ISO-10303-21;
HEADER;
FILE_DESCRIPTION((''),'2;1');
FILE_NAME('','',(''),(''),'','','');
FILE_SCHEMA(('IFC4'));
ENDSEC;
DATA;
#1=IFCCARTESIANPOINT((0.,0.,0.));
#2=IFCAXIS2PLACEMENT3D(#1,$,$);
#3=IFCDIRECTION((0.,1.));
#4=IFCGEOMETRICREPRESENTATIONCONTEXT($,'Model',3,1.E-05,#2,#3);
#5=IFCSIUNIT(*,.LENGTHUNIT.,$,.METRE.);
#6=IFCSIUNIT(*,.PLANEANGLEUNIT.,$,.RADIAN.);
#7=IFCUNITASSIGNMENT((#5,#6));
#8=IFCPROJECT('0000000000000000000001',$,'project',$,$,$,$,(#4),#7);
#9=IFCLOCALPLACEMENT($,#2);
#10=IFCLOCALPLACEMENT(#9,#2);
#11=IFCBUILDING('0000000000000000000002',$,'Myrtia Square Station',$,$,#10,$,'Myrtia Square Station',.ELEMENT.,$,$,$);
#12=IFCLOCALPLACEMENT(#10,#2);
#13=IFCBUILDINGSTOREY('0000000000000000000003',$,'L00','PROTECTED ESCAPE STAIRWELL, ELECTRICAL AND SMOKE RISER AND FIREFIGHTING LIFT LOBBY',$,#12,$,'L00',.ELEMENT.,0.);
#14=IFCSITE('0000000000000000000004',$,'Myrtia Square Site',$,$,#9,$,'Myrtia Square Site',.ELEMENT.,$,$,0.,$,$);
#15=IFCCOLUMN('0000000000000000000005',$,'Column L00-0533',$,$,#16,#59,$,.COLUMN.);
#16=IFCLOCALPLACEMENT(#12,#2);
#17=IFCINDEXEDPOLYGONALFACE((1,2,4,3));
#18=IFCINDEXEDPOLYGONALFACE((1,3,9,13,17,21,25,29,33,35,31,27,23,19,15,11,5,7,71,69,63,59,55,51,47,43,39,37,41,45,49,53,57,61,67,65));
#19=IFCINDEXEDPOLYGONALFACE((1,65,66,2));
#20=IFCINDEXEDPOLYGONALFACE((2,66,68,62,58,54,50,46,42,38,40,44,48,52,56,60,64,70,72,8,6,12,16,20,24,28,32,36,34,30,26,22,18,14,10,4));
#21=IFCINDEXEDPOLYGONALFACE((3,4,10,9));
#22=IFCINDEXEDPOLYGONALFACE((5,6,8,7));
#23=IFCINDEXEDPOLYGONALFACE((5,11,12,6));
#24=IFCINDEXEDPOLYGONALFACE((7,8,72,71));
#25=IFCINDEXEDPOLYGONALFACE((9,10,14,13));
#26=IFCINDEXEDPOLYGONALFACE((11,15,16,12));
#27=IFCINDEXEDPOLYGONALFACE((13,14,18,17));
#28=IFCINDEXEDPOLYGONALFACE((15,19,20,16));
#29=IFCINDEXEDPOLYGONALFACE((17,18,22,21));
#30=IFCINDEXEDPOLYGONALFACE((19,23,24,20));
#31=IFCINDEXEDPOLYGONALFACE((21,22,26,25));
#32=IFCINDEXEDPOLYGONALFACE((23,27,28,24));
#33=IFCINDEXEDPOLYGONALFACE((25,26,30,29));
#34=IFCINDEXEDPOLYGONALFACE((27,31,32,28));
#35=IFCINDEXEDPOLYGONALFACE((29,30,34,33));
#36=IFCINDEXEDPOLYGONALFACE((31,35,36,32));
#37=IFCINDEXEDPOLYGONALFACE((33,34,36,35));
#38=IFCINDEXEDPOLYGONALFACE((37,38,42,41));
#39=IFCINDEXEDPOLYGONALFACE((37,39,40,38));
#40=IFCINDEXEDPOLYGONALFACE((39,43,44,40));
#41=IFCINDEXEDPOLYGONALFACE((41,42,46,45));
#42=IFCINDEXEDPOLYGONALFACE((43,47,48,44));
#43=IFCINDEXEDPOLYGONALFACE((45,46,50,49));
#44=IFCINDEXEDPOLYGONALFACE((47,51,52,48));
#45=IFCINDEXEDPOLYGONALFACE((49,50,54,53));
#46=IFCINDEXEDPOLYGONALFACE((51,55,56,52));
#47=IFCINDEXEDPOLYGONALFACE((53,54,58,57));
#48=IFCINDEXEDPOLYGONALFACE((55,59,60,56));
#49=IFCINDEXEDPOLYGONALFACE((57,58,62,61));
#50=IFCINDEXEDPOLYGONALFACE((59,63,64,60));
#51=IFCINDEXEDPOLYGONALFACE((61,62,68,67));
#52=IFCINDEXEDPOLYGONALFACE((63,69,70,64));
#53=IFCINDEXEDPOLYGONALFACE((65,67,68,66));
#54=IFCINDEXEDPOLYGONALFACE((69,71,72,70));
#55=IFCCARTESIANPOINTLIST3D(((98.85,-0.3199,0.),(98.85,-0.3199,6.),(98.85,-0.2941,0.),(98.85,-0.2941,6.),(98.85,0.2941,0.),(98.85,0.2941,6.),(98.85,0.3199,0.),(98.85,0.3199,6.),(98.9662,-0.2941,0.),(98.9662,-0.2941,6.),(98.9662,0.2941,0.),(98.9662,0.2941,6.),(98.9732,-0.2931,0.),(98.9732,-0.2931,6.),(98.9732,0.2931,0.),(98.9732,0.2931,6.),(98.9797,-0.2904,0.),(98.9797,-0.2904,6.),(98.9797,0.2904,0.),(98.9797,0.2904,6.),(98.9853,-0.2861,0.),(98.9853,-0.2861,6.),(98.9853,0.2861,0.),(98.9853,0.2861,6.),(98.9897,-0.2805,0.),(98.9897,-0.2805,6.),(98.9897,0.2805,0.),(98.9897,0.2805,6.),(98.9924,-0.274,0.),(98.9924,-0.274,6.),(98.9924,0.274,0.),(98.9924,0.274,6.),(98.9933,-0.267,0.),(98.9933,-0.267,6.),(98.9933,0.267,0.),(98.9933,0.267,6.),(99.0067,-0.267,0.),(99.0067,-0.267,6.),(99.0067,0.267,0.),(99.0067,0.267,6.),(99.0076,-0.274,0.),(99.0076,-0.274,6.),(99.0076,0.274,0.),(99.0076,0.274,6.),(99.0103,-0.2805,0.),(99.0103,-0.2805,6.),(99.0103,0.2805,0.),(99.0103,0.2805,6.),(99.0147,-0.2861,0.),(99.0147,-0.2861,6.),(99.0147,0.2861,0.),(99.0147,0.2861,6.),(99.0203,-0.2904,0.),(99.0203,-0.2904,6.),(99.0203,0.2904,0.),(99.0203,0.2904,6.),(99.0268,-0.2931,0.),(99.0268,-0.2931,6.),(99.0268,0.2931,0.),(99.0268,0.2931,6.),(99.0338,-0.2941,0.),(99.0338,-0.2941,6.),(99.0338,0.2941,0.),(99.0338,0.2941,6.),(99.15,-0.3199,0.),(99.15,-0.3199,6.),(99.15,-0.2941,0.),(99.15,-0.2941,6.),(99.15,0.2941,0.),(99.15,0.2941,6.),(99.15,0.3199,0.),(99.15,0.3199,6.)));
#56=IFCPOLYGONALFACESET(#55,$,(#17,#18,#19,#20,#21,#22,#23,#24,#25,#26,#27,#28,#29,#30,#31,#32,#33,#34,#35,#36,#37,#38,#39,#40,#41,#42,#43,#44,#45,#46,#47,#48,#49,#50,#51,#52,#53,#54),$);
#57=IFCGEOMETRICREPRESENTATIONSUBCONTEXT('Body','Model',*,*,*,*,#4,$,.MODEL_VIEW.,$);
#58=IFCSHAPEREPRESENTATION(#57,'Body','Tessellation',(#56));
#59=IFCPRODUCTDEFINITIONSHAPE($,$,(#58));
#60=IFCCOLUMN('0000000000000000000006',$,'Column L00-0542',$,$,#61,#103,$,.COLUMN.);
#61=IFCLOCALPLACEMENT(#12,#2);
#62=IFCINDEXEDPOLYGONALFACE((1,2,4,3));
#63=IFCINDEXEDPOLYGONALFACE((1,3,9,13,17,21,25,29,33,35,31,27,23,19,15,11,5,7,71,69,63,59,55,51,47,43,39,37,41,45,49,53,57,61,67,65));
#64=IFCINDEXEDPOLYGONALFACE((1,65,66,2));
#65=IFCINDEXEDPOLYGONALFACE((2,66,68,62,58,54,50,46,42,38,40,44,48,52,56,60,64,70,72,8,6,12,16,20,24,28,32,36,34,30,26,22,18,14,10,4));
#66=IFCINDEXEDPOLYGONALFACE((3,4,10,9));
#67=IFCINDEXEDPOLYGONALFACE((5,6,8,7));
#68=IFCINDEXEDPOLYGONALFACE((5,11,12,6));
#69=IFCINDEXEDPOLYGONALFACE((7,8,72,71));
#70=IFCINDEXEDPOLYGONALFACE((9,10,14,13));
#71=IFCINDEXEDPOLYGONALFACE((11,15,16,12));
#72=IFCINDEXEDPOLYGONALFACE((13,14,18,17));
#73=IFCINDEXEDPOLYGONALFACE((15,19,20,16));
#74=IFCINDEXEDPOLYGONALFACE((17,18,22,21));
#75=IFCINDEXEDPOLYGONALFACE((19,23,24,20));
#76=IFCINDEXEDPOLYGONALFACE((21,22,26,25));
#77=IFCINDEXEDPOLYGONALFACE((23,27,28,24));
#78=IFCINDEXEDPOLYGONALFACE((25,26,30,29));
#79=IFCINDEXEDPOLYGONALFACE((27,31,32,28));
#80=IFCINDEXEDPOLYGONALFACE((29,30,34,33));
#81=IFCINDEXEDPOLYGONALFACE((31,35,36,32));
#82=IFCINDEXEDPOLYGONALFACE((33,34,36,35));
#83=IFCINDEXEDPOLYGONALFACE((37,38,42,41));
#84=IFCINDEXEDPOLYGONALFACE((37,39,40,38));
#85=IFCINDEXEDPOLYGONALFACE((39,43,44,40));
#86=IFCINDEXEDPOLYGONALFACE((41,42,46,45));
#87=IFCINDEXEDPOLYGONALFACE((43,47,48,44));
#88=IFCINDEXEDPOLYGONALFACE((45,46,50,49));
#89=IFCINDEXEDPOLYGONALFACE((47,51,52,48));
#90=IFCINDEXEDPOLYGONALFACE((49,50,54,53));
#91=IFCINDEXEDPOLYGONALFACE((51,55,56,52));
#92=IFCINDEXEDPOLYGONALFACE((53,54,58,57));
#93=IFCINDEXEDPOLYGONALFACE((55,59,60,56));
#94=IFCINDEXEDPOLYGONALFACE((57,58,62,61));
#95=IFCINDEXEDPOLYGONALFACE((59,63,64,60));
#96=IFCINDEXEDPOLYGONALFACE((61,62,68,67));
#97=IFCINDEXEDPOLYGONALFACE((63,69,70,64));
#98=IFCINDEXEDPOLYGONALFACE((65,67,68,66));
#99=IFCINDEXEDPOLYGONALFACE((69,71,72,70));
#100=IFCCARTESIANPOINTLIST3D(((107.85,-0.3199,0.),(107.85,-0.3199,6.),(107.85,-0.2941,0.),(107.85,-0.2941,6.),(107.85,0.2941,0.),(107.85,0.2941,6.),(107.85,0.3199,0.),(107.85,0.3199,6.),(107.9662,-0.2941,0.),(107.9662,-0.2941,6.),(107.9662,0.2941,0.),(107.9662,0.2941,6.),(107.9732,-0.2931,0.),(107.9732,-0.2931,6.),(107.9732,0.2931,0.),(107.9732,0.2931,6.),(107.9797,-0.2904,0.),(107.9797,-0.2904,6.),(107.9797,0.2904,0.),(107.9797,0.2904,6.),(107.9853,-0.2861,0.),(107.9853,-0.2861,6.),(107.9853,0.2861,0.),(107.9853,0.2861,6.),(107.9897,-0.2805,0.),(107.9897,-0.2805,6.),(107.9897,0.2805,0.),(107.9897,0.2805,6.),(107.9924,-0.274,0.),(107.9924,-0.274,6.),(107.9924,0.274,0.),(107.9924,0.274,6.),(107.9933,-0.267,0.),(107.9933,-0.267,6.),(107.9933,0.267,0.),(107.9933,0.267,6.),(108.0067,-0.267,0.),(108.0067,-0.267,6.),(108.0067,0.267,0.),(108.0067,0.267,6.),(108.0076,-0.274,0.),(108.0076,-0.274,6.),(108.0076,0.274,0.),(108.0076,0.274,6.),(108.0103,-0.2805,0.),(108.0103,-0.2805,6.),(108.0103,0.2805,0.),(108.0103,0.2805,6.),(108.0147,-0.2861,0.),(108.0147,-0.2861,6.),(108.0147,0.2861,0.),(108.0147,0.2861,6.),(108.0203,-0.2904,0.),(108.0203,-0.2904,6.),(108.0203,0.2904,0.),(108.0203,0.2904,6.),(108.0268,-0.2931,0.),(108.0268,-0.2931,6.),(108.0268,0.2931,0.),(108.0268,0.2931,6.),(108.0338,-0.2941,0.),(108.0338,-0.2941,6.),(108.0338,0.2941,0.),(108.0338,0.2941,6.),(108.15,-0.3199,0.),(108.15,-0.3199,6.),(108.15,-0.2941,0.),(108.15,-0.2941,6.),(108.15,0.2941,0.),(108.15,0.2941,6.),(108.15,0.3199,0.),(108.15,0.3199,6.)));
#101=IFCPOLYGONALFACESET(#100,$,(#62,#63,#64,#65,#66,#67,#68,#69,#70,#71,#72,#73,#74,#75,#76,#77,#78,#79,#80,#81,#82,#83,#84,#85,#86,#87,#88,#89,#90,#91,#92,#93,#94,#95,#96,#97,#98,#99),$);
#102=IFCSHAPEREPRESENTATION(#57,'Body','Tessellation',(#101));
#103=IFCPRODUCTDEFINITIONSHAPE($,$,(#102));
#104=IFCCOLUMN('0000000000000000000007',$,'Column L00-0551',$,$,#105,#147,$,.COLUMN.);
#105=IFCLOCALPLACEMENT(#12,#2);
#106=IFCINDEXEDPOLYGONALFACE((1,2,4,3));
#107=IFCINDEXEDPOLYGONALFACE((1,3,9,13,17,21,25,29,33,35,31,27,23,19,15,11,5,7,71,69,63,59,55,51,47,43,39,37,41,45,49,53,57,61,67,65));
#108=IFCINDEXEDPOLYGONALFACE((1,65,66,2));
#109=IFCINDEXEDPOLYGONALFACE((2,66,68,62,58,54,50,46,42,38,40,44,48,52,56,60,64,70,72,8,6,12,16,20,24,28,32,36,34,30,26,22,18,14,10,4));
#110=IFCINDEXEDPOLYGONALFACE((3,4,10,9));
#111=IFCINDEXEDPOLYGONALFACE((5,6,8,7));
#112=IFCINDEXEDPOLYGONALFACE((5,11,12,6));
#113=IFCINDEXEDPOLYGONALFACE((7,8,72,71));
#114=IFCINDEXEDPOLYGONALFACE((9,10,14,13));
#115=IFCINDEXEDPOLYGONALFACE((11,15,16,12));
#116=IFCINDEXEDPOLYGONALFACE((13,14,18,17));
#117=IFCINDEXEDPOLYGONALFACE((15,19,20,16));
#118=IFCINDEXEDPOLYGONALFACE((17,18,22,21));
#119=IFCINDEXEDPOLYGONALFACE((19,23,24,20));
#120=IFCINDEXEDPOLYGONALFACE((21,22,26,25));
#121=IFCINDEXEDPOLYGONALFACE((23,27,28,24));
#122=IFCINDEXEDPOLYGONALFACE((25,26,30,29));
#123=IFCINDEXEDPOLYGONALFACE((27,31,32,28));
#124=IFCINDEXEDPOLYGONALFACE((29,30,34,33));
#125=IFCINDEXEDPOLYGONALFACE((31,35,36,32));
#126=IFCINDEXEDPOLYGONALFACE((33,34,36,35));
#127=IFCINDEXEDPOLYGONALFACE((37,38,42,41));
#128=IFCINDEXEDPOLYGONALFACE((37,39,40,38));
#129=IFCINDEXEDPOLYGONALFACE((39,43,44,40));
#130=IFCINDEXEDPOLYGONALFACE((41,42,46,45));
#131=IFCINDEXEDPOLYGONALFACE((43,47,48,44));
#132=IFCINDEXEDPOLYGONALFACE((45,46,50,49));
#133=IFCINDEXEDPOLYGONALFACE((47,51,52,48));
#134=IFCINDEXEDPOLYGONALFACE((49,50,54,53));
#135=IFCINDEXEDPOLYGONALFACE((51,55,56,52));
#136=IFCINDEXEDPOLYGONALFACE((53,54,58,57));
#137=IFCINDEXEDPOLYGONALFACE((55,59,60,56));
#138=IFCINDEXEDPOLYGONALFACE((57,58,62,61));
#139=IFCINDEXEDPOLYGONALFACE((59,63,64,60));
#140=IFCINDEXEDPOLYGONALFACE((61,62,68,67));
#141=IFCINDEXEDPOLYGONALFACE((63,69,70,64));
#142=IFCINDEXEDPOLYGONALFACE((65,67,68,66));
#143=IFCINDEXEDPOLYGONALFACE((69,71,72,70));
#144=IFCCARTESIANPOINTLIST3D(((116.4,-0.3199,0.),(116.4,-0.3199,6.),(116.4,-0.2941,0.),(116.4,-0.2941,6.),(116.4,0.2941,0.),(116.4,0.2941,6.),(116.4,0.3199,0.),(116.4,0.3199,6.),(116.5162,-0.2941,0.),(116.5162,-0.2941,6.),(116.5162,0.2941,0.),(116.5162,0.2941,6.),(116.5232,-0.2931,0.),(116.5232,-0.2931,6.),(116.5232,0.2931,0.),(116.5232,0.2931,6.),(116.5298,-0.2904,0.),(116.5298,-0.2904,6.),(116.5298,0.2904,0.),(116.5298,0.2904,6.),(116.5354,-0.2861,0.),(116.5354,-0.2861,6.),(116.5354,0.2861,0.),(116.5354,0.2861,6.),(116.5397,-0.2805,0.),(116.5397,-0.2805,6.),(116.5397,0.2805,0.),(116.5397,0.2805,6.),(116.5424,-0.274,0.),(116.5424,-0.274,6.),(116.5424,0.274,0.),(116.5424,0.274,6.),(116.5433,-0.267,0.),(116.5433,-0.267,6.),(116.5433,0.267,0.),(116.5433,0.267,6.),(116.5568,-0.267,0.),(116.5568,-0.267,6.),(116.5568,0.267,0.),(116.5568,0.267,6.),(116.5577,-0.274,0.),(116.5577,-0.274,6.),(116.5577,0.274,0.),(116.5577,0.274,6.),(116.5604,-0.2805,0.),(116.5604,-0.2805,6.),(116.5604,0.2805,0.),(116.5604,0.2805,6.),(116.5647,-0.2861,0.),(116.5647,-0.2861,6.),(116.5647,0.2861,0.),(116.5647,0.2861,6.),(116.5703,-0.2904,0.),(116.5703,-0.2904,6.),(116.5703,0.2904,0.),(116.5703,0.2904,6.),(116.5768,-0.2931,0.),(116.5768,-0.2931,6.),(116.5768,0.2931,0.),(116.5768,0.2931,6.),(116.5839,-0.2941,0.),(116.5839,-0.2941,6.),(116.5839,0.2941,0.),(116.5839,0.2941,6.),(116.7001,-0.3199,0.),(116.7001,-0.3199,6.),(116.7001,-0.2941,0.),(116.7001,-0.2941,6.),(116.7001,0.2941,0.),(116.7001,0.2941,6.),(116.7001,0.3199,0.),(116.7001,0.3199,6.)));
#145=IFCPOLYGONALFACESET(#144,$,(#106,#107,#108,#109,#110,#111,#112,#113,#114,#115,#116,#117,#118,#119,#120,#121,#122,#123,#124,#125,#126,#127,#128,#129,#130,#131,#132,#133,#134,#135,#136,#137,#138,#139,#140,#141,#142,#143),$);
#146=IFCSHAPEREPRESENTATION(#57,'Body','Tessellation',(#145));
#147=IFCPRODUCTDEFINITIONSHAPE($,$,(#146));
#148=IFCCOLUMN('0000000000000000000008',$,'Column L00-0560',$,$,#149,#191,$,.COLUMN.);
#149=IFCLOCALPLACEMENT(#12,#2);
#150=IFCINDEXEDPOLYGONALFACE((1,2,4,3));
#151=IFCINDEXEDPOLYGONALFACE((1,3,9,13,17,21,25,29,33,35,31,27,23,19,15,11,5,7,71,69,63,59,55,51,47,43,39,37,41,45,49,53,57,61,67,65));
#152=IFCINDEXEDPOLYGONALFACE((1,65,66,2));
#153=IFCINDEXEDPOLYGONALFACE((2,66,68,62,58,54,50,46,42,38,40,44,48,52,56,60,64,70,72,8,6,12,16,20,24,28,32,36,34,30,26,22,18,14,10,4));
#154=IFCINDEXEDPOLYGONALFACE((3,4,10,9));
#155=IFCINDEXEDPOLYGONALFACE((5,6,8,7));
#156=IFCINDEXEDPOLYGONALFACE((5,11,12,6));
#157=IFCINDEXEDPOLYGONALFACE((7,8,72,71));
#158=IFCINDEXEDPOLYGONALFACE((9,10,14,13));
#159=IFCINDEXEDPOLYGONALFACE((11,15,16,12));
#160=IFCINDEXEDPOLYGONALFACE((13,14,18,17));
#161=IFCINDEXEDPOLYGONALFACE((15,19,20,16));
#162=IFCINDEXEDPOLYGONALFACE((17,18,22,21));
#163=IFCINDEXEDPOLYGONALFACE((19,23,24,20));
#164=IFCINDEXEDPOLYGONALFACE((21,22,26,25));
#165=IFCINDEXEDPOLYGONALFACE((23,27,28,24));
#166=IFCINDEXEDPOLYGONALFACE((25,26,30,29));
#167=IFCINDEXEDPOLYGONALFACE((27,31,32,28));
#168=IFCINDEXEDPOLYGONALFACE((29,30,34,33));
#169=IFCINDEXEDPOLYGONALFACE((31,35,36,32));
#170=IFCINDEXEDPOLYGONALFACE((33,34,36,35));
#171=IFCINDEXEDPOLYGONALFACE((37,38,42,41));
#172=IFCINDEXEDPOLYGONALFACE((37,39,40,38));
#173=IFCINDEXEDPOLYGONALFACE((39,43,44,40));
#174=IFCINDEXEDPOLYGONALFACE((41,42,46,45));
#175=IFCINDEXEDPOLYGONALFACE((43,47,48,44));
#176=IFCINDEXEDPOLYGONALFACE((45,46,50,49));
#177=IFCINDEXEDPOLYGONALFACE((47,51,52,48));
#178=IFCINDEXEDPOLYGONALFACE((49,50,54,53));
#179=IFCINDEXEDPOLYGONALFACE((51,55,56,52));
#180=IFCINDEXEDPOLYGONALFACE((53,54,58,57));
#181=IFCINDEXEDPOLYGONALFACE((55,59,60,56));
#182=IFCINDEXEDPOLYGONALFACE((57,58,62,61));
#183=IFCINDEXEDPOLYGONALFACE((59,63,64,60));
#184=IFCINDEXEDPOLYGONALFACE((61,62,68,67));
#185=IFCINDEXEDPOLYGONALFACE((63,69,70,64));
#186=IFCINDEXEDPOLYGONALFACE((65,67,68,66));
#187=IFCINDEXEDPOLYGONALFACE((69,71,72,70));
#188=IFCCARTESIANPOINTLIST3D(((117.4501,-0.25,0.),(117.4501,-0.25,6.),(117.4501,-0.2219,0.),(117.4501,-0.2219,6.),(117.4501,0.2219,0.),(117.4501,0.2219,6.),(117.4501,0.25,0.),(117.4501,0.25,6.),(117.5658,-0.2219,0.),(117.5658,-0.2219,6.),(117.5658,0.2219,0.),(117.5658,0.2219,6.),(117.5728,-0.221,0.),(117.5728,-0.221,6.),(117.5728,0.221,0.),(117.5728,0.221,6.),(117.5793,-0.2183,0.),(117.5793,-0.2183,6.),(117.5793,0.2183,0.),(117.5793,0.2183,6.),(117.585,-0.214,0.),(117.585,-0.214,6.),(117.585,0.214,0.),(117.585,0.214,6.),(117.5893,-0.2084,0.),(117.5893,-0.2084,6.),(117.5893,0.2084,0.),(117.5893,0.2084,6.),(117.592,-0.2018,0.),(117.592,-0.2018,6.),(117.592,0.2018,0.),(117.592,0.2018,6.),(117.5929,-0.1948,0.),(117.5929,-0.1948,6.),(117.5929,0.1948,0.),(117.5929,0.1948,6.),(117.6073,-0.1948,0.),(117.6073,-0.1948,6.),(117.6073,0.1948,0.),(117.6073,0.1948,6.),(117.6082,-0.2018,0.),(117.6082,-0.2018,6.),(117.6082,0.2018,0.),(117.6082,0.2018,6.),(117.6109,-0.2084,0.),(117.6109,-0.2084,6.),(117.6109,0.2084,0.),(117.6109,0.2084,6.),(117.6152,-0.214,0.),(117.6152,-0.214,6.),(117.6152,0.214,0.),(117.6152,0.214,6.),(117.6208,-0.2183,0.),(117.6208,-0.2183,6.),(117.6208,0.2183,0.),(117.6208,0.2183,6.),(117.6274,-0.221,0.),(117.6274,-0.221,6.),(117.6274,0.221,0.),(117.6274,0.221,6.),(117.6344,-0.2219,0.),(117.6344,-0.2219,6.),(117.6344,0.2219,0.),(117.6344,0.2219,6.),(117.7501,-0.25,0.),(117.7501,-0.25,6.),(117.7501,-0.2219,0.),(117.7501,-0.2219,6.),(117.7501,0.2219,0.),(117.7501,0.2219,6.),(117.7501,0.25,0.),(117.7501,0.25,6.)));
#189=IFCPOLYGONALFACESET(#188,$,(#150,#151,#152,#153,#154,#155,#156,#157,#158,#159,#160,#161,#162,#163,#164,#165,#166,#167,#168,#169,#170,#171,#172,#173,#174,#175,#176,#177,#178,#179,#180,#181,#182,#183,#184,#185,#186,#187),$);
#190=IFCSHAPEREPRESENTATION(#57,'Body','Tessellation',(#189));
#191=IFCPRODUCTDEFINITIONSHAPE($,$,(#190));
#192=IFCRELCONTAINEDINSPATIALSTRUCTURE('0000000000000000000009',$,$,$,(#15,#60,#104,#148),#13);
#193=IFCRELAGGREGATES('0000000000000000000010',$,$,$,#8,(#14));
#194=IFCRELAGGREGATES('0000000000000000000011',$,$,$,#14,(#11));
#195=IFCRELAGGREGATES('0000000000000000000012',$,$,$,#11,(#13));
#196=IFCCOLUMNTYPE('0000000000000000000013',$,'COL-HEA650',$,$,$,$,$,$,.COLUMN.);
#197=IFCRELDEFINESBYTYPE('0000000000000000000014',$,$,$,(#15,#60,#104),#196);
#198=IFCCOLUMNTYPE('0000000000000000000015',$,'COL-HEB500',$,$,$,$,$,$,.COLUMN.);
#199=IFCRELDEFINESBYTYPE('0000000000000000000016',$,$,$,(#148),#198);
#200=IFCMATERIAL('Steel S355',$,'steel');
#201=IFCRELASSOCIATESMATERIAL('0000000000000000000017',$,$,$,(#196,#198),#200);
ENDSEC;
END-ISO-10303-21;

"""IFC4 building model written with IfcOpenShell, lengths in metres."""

from ifc_helpers import new_model, si_unit, direction, frame, origin, origin_2d, place, context, subcontext, project, spatial, i_section, extrude, material, material_profile, profile_set, type_object, element, save


model = new_model("IFC4")

# Units and contexts
model_context = context("Model", 3, precision=1e-05, world=origin(), true_north=direction((0.0, 1.0)))
body_context = subcontext(model_context, "Body", "Model", "MODEL_VIEW")
ifc_project = project(units=[si_unit("LENGTHUNIT", "METRE"), si_unit("PLANEANGLEUNIT", "RADIAN")], contexts=[model_context])

# Site, building, storey
site_placement = place(None, origin())
site = spatial("IfcSite", under=ifc_project, at=site_placement, Name="Myrtia Square Site", LongName="Myrtia Square Site", CompositionType="ELEMENT", RefElevation=0.0)
building_placement = place(site_placement, origin())
building = spatial("IfcBuilding", under=site, at=building_placement, Name="Myrtia Square Station", LongName="Myrtia Square Station", CompositionType="ELEMENT")
storey_placement = place(building_placement, origin())
storey = spatial("IfcBuildingStorey", under=building, at=storey_placement, Name="L00", Description="PROTECTED ESCAPE STAIRWELL, ELECTRICAL AND SMOKE RISER AND FIREFIGHTING LIFT LOBBY", LongName="L00", CompositionType="ELEMENT", Elevation=0.0)

# Columns
ifc_material_1 = material(Name="Steel S355", Category="steel")
ifc_material_profile_1 = material_profile(ifc_material_1, i_section(OverallWidth=0.3, OverallDepth=0.6399, WebThickness=0.0134, FlangeThickness=0.0259, FilletRadius=0.0271, at=origin_2d()), Name="HEA 650")
ifc_profile_set_1 = profile_set([ifc_material_profile_1], Name="Steel S355")
column_type_1 = type_object("IfcColumnType", Name="COL-HEA650", PredefinedType="COLUMN", material=ifc_profile_set_1)
for number, where, z_axis, x_axis, name in (
    (1, (99.0, 0.0, 0.0), (0.0, 0.0, 1.0), (1.0, 0.0, 0.0), "Column L00-0533"),
    (2, (108.0, 0.0, 0.0), (0.0, 0.0, 1.0), (1.0, 0.0, 0.0), "Column L00-0542"),
    (3, (116.55, 0.0, 0.0), (0.0, 0.0, 1.0), (1.0, 0.0, 0.0), "Column L00-0551"),
):
    element("IfcColumn", number, at=place(storey_placement, frame(where, z_axis=z_axis, x_axis=x_axis)), inside=storey, type_object=column_type_1, Name=name, PredefinedType="COLUMN", context=body_context, shape_type="SweptSolid", body=[
        extrude(i_section(OverallWidth=0.3, OverallDepth=0.6399, WebThickness=0.0134, FlangeThickness=0.0259, FilletRadius=0.0271, at=origin_2d()), origin(), (0.0, 0.0, 1.0), 6.0),
    ])
ifc_material_profile_2 = material_profile(ifc_material_1, i_section(OverallWidth=0.3, OverallDepth=0.5, WebThickness=0.0144, FlangeThickness=0.0281, FilletRadius=0.0271, at=origin_2d()), Name="HEB 500")
ifc_profile_set_2 = profile_set([ifc_material_profile_2], Name="Steel S355")
column_type_2 = type_object("IfcColumnType", Name="COL-HEB500", PredefinedType="COLUMN", material=ifc_profile_set_2)
column_placement = place(storey_placement, frame((117.6001, 0.0, 0.0), z_axis=(0.0, 0.0, 1.0), x_axis=(1.0, 0.0, 0.0)))
element("IfcColumn", 4, at=column_placement, inside=storey, type_object=column_type_2, Name="Column L00-0560", PredefinedType="COLUMN", context=body_context, shape_type="SweptSolid", body=[
    extrude(i_section(OverallWidth=0.3, OverallDepth=0.5, WebThickness=0.0144, FlangeThickness=0.0281, FilletRadius=0.0271, at=origin_2d()), origin(), (0.0, 0.0, 1.0), 6.0),
])

save(model, "model.ifc")
